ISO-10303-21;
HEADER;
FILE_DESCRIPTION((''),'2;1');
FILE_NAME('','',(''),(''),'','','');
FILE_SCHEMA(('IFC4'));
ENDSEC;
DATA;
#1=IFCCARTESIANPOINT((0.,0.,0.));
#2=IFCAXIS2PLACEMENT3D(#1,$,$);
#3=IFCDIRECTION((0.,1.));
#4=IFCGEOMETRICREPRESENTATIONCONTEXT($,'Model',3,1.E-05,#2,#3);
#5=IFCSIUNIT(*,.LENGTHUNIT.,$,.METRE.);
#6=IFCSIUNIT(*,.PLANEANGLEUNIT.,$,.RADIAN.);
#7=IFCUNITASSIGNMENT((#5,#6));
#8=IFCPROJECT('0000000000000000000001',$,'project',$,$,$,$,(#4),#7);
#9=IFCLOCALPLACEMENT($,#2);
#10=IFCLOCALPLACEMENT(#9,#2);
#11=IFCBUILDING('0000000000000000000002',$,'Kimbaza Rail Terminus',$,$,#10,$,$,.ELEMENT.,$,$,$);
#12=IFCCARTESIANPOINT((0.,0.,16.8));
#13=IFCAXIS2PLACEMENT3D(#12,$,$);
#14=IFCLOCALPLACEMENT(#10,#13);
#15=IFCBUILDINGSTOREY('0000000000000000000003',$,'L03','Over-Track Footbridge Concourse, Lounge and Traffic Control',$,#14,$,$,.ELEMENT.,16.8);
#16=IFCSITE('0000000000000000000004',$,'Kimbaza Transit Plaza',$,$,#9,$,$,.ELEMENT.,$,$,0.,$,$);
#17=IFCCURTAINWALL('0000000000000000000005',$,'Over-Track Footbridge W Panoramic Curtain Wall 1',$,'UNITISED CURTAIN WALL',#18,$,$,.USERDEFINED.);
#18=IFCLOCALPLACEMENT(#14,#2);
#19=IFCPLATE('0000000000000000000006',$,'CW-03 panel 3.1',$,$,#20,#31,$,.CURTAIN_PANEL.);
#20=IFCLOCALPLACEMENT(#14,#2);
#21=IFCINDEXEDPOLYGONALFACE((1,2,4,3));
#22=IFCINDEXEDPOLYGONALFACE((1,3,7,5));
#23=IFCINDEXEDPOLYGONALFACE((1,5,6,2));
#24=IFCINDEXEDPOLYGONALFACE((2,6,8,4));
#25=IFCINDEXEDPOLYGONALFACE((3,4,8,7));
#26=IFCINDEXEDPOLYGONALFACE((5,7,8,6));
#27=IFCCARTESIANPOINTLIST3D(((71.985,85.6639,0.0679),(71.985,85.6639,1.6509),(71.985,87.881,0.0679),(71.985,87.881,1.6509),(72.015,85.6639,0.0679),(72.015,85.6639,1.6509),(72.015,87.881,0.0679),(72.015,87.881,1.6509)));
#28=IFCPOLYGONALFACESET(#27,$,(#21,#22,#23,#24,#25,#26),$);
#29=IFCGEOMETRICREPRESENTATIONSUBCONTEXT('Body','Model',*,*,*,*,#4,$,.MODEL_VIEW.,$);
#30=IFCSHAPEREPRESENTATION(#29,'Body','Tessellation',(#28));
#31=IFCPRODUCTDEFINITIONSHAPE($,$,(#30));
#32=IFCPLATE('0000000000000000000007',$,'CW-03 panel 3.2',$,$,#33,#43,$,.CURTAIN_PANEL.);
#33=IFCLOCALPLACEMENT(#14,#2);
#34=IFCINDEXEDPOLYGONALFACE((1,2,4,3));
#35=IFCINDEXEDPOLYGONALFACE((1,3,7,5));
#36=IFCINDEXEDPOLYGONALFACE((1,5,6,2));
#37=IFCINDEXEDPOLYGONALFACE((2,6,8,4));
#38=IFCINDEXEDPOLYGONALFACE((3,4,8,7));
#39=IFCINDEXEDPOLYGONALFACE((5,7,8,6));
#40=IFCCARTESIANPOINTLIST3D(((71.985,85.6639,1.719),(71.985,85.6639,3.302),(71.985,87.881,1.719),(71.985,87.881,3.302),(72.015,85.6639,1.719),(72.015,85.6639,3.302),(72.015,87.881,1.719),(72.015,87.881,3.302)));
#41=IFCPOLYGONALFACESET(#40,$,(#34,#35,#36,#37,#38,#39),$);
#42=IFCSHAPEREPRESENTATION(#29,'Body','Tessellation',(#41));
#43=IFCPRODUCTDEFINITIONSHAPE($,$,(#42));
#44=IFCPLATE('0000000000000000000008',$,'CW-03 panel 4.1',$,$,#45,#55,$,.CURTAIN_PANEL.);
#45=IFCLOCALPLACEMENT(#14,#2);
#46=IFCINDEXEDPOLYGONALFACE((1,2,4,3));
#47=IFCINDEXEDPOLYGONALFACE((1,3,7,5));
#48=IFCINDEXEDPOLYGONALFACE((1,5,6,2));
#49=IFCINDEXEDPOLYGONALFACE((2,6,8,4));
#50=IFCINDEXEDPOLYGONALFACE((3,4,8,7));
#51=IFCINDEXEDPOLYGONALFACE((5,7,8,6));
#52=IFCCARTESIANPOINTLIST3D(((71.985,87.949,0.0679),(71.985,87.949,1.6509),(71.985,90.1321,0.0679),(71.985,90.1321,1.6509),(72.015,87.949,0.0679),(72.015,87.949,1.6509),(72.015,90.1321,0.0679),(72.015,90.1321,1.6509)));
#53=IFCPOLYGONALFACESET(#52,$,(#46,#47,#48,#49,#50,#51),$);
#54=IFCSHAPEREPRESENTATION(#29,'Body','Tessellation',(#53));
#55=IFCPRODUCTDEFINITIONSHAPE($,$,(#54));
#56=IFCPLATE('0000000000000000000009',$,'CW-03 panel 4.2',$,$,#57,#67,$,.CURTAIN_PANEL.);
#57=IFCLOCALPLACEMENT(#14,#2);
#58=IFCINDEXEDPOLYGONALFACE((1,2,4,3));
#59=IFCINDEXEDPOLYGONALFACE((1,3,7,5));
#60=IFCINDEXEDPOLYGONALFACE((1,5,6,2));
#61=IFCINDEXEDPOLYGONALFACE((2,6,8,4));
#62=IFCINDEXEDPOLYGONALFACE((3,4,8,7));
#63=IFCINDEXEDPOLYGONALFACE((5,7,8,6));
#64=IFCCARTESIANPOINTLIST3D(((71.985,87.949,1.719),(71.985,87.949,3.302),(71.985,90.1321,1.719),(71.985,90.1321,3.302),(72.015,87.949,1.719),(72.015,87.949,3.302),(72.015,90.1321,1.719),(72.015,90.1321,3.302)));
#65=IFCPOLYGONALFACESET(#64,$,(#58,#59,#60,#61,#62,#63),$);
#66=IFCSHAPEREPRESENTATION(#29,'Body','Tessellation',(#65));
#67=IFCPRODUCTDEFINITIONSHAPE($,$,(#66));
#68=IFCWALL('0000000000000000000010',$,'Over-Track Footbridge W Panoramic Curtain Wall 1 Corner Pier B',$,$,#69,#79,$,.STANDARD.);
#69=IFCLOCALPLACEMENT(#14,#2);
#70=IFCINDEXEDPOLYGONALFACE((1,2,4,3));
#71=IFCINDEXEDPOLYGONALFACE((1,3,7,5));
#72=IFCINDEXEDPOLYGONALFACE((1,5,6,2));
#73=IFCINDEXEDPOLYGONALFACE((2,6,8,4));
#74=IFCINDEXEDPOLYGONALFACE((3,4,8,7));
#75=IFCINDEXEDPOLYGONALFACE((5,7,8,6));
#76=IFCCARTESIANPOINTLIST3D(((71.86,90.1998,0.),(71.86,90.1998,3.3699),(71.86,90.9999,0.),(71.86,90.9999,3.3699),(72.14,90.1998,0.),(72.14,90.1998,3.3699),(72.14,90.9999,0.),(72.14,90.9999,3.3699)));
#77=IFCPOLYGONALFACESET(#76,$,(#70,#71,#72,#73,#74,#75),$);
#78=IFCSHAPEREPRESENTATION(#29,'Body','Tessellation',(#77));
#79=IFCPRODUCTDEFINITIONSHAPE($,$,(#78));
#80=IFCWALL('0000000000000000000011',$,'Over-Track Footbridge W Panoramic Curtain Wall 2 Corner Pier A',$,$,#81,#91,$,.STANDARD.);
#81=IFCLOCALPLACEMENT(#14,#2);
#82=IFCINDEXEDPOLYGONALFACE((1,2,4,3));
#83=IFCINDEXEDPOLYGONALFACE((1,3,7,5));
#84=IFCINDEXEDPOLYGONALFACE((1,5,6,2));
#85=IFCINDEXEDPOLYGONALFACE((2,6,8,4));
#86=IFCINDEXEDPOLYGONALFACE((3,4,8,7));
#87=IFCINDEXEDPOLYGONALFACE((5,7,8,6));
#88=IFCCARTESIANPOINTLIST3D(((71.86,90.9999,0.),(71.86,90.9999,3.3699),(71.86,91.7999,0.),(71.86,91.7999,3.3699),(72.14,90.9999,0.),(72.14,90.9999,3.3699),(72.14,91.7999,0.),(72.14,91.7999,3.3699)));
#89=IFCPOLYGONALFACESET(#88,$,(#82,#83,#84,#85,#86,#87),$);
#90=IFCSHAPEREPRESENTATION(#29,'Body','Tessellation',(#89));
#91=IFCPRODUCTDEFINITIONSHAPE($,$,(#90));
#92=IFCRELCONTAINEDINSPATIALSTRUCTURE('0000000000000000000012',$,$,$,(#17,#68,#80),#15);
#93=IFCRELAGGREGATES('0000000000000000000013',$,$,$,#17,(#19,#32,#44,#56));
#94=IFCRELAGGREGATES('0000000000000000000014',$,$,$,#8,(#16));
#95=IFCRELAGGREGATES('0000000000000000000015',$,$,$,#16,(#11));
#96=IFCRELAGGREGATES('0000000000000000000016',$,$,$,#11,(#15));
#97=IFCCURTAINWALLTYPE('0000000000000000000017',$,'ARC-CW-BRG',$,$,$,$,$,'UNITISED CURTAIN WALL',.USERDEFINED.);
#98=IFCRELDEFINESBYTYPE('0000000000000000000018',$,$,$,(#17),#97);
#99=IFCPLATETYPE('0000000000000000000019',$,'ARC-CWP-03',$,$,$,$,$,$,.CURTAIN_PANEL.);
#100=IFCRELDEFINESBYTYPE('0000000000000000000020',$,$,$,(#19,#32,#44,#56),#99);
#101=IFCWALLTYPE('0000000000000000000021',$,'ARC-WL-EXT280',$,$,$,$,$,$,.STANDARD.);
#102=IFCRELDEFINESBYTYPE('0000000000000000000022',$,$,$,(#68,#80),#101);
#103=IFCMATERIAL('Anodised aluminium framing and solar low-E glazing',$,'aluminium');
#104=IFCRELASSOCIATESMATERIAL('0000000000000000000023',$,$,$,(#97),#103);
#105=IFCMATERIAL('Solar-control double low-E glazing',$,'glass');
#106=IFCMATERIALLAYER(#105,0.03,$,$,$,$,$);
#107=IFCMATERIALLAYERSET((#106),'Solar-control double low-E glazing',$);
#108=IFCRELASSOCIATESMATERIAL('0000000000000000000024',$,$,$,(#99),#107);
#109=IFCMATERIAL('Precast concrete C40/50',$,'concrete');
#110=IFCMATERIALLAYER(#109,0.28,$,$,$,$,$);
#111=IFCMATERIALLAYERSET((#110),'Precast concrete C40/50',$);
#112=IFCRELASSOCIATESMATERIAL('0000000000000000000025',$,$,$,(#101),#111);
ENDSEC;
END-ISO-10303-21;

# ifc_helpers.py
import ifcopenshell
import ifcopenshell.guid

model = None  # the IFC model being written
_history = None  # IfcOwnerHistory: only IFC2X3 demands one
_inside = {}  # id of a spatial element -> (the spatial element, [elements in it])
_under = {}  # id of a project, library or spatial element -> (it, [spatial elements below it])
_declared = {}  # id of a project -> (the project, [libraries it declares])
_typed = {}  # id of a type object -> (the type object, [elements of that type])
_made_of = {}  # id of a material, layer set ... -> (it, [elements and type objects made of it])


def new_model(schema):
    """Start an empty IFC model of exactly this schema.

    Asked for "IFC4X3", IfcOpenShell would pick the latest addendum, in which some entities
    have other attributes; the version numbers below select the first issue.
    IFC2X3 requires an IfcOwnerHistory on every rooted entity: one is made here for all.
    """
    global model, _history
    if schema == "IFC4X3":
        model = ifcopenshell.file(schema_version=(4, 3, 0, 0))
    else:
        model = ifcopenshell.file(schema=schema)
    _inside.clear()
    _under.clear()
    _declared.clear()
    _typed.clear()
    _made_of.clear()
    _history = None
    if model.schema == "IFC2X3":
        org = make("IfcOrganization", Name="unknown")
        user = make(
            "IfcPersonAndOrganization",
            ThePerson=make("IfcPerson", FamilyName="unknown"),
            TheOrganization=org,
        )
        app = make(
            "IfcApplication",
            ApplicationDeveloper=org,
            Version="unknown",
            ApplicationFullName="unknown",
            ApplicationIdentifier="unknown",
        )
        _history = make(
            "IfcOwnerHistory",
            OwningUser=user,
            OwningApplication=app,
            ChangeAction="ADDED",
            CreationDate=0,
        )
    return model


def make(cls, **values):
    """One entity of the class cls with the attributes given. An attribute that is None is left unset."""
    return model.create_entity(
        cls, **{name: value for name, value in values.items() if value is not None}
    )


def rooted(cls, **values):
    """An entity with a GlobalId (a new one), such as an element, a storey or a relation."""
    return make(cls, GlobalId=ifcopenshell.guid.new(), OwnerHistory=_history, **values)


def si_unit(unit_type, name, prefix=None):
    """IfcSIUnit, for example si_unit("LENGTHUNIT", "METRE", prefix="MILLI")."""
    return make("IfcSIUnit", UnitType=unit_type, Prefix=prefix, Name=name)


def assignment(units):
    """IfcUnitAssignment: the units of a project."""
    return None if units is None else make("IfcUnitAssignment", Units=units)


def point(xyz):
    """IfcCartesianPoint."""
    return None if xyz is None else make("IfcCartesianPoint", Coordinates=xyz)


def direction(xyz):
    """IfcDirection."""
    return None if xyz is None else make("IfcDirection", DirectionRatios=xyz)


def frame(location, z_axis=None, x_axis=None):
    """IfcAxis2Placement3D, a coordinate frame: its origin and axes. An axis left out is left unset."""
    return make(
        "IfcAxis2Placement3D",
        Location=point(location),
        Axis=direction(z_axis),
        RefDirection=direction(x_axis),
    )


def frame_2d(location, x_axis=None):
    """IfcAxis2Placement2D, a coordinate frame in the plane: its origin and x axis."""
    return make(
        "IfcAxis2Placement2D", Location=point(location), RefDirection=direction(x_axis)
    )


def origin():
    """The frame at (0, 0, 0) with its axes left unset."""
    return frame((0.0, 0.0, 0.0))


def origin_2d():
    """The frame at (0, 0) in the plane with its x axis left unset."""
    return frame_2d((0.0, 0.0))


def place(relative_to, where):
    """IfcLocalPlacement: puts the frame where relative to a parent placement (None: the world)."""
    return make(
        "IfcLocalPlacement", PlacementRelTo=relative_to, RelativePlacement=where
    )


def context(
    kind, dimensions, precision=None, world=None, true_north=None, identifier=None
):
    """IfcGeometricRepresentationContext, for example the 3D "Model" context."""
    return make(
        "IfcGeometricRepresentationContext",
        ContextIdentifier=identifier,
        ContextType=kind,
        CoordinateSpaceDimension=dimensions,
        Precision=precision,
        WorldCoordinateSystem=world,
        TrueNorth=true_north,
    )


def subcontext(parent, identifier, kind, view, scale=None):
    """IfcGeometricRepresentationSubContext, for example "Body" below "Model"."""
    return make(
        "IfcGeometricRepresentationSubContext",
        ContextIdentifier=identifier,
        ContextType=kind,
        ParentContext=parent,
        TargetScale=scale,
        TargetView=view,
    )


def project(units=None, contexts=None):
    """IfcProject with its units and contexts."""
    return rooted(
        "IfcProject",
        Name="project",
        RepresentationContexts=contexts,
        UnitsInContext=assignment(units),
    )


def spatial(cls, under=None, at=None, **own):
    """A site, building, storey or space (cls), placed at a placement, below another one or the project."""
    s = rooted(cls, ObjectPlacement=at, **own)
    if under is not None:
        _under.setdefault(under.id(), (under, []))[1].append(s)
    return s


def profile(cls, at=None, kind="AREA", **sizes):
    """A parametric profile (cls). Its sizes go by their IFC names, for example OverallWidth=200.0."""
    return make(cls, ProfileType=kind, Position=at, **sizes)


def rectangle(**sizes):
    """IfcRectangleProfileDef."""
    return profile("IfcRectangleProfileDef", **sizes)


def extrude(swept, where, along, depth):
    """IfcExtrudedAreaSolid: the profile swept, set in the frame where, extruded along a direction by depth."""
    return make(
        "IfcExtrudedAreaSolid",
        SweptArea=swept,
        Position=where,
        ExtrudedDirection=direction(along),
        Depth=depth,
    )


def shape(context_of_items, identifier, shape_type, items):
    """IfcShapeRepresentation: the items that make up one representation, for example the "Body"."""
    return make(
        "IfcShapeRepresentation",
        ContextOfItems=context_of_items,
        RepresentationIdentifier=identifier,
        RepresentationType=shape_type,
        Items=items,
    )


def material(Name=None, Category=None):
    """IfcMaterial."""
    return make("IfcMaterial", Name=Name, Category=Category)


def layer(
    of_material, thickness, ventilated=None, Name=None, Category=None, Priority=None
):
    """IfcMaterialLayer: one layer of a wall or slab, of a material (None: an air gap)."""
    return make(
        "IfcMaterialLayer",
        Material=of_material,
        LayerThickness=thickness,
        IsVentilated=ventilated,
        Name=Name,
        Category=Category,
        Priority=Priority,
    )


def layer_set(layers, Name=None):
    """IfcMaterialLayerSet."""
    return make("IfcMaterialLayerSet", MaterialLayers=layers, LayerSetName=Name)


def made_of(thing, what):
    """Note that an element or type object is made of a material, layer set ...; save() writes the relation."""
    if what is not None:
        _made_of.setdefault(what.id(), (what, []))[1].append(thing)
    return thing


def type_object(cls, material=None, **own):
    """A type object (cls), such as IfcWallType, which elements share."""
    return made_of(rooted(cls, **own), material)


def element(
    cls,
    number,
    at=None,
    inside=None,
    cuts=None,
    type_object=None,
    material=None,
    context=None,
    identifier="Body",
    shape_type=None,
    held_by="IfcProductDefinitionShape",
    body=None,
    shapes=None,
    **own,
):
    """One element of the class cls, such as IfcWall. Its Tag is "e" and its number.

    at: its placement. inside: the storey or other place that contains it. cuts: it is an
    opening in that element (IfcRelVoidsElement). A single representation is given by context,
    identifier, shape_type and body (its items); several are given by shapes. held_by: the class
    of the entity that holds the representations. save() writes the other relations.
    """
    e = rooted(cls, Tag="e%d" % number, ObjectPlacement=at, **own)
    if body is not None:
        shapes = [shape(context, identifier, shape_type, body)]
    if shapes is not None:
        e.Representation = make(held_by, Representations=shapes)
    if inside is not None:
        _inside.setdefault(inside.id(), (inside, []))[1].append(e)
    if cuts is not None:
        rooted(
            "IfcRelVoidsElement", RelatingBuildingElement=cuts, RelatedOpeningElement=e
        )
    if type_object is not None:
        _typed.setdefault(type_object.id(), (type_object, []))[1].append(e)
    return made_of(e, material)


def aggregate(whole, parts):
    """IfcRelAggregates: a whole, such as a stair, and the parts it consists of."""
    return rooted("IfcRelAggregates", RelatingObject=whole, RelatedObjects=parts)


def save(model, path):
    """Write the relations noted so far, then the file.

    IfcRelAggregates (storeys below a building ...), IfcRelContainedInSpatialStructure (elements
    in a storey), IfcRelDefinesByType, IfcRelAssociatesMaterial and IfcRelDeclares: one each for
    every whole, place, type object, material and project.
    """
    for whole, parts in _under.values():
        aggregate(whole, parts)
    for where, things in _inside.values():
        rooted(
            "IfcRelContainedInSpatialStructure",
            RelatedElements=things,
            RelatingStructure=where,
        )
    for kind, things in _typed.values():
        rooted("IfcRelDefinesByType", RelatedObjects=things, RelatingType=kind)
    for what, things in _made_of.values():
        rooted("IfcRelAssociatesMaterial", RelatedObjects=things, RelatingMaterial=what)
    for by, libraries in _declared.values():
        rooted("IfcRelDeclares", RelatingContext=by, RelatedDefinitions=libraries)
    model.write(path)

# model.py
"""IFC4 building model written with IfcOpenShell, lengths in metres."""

from ifc_helpers import new_model, si_unit, direction, frame, frame_2d, origin, origin_2d, place, context, subcontext, project, spatial, rectangle, extrude, material, layer, layer_set, type_object, element, aggregate, save


model = new_model("IFC4")

# Units and contexts
model_context = context("Model", 3, precision=1e-05, world=origin(), true_north=direction((0.0, 1.0)))
body_context = subcontext(model_context, "Body", "Model", "MODEL_VIEW")
ifc_project = project(units=[si_unit("LENGTHUNIT", "METRE"), si_unit("PLANEANGLEUNIT", "RADIAN")], contexts=[model_context])

# Site, building, storey
site_placement = place(None, origin())
site = spatial("IfcSite", under=ifc_project, at=site_placement, Name="Kimbaza Transit Plaza", CompositionType="ELEMENT", RefElevation=0.0)
building_placement = place(site_placement, origin())
building = spatial("IfcBuilding", under=site, at=building_placement, Name="Kimbaza Rail Terminus", CompositionType="ELEMENT")
storey_placement = place(building_placement, frame((0.0, 0.0, 16.8)))
storey = spatial("IfcBuildingStorey", under=building, at=storey_placement, Name="L03", Description="Over-Track Footbridge Concourse, Lounge and Traffic Control", CompositionType="ELEMENT", Elevation=16.8)

# Curtain wall
ifc_material_1 = material(Name="Anodised aluminium framing and solar low-E glazing", Category="aluminium")
curtain_wall_type = type_object("IfcCurtainWallType", Name="ARC-CW-BRG", ElementType="UNITISED CURTAIN WALL", PredefinedType="USERDEFINED", material=ifc_material_1)
curtain_wall_placement = place(storey_placement, origin())
curtain_wall = element("IfcCurtainWall", 1, at=curtain_wall_placement, inside=storey, type_object=curtain_wall_type, Name="Over-Track Footbridge W Panoramic Curtain Wall 1", ObjectType="UNITISED CURTAIN WALL", PredefinedType="USERDEFINED")

# Plates
ifc_material_2 = material(Name="Solar-control double low-E glazing", Category="glass")
ifc_layer_1 = layer(ifc_material_2, 0.03)
ifc_layer_set_1 = layer_set([ifc_layer_1], Name="Solar-control double low-E glazing")
plate_type = type_object("IfcPlateType", Name="ARC-CWP-03", PredefinedType="CURTAIN_PANEL", material=ifc_layer_set_1)
plate_1_placement = place(storey_placement, frame((72.0, 86.7725, 0.0679), z_axis=(0.0, 0.0, 1.0), x_axis=(0.0, 1.0, 0.0)))
plate_1 = element("IfcPlate", 2, at=plate_1_placement, type_object=plate_type, Name="CW-03 panel 3.1", PredefinedType="CURTAIN_PANEL", context=body_context, shape_type="SweptSolid", body=[
    extrude(rectangle(XDim=2.217, YDim=0.03, at=origin_2d()), origin(), (0.0, 0.0, 1.0), 1.583),
])
plate_2_placement = place(storey_placement, frame((72.0, 86.7725, 1.719), z_axis=(0.0, 0.0, 1.0), x_axis=(0.0, 1.0, 0.0)))
plate_2 = element("IfcPlate", 3, at=plate_2_placement, type_object=plate_type, Name="CW-03 panel 3.2", PredefinedType="CURTAIN_PANEL", context=body_context, shape_type="SweptSolid", body=[
    extrude(rectangle(XDim=2.217, YDim=0.03, at=origin_2d()), origin(), (0.0, 0.0, 1.0), 1.583),
])
plate_3_placement = place(storey_placement, frame((72.0, 89.0405, 0.0679), z_axis=(0.0, 0.0, 1.0), x_axis=(0.0, 1.0, 0.0)))
plate_3 = element("IfcPlate", 4, at=plate_3_placement, type_object=plate_type, Name="CW-03 panel 4.1", PredefinedType="CURTAIN_PANEL", context=body_context, shape_type="SweptSolid", body=[
    extrude(rectangle(XDim=2.1831, YDim=0.03, at=origin_2d()), origin(), (0.0, 0.0, 1.0), 1.583),
])
plate_4_placement = place(storey_placement, frame((72.0, 89.0405, 1.719), z_axis=(0.0, 0.0, 1.0), x_axis=(0.0, 1.0, 0.0)))
plate_4 = element("IfcPlate", 5, at=plate_4_placement, type_object=plate_type, Name="CW-03 panel 4.2", PredefinedType="CURTAIN_PANEL", context=body_context, shape_type="SweptSolid", body=[
    extrude(rectangle(XDim=2.1831, YDim=0.03, at=origin_2d()), origin(), (0.0, 0.0, 1.0), 1.583),
])
aggregate(curtain_wall, [plate_1, plate_2, plate_3, plate_4])

# Walls
ifc_material_3 = material(Name="Precast concrete C40/50", Category="concrete")
ifc_layer_2 = layer(ifc_material_3, 0.28)
ifc_layer_set_2 = layer_set([ifc_layer_2], Name="Precast concrete C40/50")
wall_type = type_object("IfcWallType", Name="ARC-WL-EXT280", PredefinedType="STANDARD", material=ifc_layer_set_2)
for number, where, z_axis, x_axis, name in (
    (6, (72.0, 90.2, 0.0), (0.0, 0.0, 1.0), (0.0, 1.0, 0.0), "Over-Track Footbridge W Panoramic Curtain Wall 1 Corner Pier B"),
    (7, (72.0, 91.0, 0.0), (0.0, 0.0, 1.0), (0.0, 1.0, 0.0), "Over-Track Footbridge W Panoramic Curtain Wall 2 Corner Pier A"),
):
    element("IfcWall", number, at=place(storey_placement, frame(where, z_axis=z_axis, x_axis=x_axis)), inside=storey, type_object=wall_type, Name=name, PredefinedType="STANDARD", context=body_context, shape_type="SweptSolid", body=[
        extrude(rectangle(XDim=0.8, YDim=0.28, at=frame_2d((0.3999, 0.0))), origin(), (0.0, 0.0, 1.0), 3.3699),
    ])

save(model, "model.ifc")
